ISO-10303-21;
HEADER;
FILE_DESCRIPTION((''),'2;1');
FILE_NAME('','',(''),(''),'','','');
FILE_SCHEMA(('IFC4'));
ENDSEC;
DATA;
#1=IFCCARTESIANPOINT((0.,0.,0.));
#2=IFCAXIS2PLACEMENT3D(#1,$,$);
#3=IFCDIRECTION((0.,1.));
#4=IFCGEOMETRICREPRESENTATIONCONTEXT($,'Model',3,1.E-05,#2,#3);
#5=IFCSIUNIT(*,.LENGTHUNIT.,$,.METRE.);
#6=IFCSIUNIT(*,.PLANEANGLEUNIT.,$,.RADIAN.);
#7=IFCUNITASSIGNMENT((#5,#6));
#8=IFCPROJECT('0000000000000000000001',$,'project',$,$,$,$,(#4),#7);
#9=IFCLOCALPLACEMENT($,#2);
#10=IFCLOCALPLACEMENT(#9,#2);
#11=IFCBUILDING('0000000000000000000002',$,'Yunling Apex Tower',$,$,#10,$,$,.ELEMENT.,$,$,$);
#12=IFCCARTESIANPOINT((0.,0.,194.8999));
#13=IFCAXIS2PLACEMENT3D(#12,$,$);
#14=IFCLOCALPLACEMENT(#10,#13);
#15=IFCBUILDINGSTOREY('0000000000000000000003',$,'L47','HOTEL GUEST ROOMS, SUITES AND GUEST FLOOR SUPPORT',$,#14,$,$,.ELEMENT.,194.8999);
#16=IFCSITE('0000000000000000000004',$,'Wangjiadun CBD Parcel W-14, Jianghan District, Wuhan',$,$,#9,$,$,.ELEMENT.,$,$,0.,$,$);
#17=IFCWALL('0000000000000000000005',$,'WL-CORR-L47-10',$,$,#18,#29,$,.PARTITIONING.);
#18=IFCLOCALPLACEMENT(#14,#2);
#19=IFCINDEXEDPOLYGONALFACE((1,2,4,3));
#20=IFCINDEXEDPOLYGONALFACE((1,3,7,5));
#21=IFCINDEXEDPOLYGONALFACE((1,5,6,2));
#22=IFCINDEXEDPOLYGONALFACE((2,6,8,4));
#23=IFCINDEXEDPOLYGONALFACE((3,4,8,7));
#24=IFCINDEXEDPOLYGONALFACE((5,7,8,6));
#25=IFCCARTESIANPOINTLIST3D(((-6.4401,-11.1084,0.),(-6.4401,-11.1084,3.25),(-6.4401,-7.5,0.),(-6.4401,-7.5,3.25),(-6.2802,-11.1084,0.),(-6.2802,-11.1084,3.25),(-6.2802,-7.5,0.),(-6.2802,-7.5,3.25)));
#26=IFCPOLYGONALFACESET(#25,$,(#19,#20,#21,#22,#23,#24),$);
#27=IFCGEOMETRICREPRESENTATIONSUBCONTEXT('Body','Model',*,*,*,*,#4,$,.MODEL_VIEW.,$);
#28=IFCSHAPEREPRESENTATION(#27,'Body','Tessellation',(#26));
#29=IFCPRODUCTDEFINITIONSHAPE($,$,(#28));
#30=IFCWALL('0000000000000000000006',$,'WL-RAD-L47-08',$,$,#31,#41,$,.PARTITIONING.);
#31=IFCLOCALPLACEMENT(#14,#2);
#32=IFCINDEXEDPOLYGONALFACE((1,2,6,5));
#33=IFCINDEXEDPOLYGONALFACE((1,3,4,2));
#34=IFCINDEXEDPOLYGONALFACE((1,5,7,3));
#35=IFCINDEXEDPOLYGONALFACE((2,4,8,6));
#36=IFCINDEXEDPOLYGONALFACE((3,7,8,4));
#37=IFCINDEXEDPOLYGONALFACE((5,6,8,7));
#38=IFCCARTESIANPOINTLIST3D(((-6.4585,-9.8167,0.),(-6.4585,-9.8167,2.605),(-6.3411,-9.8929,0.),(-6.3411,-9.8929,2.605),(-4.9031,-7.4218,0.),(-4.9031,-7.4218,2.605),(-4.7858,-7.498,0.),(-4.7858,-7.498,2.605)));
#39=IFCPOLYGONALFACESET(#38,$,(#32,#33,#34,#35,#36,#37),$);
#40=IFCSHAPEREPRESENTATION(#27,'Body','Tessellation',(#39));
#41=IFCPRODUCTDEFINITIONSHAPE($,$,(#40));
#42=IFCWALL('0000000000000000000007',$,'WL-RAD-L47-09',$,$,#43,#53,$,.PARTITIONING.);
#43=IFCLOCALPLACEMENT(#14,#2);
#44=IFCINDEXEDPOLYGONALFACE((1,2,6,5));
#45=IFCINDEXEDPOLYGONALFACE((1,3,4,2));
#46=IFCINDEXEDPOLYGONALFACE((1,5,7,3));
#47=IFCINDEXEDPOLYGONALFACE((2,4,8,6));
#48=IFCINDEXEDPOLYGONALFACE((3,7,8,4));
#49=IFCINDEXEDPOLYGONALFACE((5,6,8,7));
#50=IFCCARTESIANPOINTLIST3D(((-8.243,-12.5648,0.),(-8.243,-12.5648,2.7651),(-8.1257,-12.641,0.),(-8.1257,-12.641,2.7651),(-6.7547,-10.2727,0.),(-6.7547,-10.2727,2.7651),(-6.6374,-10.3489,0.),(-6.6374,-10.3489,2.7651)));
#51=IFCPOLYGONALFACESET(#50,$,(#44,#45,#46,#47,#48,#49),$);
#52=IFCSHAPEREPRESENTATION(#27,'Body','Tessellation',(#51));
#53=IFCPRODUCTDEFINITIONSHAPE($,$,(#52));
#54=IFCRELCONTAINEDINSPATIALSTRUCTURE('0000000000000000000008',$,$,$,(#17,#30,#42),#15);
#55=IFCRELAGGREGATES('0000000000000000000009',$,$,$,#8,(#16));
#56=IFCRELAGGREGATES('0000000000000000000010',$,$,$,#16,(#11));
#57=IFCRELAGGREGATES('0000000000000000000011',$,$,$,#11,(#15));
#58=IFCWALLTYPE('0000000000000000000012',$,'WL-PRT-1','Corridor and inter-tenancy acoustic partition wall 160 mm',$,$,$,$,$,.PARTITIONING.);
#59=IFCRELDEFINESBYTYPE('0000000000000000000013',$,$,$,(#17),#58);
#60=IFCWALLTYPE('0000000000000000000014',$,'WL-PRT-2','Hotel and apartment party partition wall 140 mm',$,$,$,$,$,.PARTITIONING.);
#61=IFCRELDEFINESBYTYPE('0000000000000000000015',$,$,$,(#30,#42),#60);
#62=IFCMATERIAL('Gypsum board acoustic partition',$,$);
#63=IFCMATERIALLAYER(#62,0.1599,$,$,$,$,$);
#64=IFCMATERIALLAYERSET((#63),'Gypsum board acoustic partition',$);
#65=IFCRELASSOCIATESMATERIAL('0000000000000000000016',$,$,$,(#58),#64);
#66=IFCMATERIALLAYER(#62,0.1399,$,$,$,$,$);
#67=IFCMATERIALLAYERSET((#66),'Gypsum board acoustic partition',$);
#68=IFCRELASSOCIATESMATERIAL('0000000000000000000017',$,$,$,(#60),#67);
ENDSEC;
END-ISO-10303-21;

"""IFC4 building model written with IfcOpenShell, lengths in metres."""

from ifc_helpers import new_model, si_unit, direction, frame, frame_2d, origin, place, context, subcontext, project, spatial, rectangle, extrude, material, layer, layer_set, type_object, element, save


model = new_model("IFC4")

# Units and contexts
model_context = context("Model", 3, precision=1e-05, world=origin(), true_north=direction((0.0, 1.0)))
body_context = subcontext(model_context, "Body", "Model", "MODEL_VIEW")
ifc_project = project(units=[si_unit("LENGTHUNIT", "METRE"), si_unit("PLANEANGLEUNIT", "RADIAN")], contexts=[model_context])

# Site, building, storey
site_placement = place(None, origin())
site = spatial("IfcSite", under=ifc_project, at=site_placement, Name="Wangjiadun CBD Parcel W-14, Jianghan District, Wuhan", CompositionType="ELEMENT", RefElevation=0.0)
building_placement = place(site_placement, origin())
building = spatial("IfcBuilding", under=site, at=building_placement, Name="Yunling Apex Tower", CompositionType="ELEMENT")
storey_placement = place(building_placement, frame((0.0, 0.0, 194.8999)))
storey = spatial("IfcBuildingStorey", under=building, at=storey_placement, Name="L47", Description="HOTEL GUEST ROOMS, SUITES AND GUEST FLOOR SUPPORT", CompositionType="ELEMENT", Elevation=194.8999)

# Shared definitions
ifc_material_1 = material(Name="Gypsum board acoustic partition")
ifc_layer_1 = layer(ifc_material_1, 0.1599)
ifc_layer_set_1 = layer_set([ifc_layer_1], Name="Gypsum board acoustic partition")
wall_type_1 = type_object("IfcWallType", Name="WL-PRT-1", Description="Corridor and inter-tenancy acoustic partition wall 160 mm", PredefinedType="PARTITIONING", material=ifc_layer_set_1)

# Walls
wall_1_placement = place(storey_placement, frame((-6.3601, -7.5, 0.0), z_axis=(0.0, 0.0, 1.0), x_axis=(0.0, -1.0, 0.0)))
element("IfcWall", 1, at=wall_1_placement, inside=storey, type_object=wall_type_1, Name="WL-CORR-L47-10", PredefinedType="PARTITIONING", context=body_context, shape_type="SweptSolid", body=[
    extrude(rectangle(XDim=3.6084, YDim=0.1599, at=frame_2d((1.8042, 0.0))), origin(), (0.0, 0.0, 1.0), 3.25),
])
ifc_layer_2 = layer(ifc_material_1, 0.1399)
ifc_layer_set_2 = layer_set([ifc_layer_2], Name="Gypsum board acoustic partition")
wall_type_2 = type_object("IfcWallType", Name="WL-PRT-2", Description="Hotel and apartment party partition wall 140 mm", PredefinedType="PARTITIONING", material=ifc_layer_set_2)
wall_2_placement = place(storey_placement, frame((-4.8445, -7.46, 0.0), z_axis=(0.0, 0.0, 1.0), x_axis=(-0.544658, -0.838658, 0.0)))
element("IfcWall", 2, at=wall_2_placement, inside=storey, type_object=wall_type_2, Name="WL-RAD-L47-08", PredefinedType="PARTITIONING", context=body_context, shape_type="SweptSolid", body=[
    extrude(rectangle(XDim=2.8557, YDim=0.1399, at=frame_2d((1.4277, 0.0))), origin(), (0.0, 0.0, 1.0), 2.605),
])
wall_3_placement = place(storey_placement, frame((-6.696, -10.3108, 0.0), z_axis=(0.0, 0.0, 1.0), x_axis=(-0.544599, -0.838697, 0.0)))
element("IfcWall", 3, at=wall_3_placement, inside=storey, type_object=wall_type_2, Name="WL-RAD-L47-09", PredefinedType="PARTITIONING", context=body_context, shape_type="SweptSolid", body=[
    extrude(rectangle(XDim=2.7329, YDim=0.1399, at=frame_2d((1.3665, 0.0))), origin(), (0.0, 0.0, 1.0), 2.7651),
])

save(model, "model.ifc")
